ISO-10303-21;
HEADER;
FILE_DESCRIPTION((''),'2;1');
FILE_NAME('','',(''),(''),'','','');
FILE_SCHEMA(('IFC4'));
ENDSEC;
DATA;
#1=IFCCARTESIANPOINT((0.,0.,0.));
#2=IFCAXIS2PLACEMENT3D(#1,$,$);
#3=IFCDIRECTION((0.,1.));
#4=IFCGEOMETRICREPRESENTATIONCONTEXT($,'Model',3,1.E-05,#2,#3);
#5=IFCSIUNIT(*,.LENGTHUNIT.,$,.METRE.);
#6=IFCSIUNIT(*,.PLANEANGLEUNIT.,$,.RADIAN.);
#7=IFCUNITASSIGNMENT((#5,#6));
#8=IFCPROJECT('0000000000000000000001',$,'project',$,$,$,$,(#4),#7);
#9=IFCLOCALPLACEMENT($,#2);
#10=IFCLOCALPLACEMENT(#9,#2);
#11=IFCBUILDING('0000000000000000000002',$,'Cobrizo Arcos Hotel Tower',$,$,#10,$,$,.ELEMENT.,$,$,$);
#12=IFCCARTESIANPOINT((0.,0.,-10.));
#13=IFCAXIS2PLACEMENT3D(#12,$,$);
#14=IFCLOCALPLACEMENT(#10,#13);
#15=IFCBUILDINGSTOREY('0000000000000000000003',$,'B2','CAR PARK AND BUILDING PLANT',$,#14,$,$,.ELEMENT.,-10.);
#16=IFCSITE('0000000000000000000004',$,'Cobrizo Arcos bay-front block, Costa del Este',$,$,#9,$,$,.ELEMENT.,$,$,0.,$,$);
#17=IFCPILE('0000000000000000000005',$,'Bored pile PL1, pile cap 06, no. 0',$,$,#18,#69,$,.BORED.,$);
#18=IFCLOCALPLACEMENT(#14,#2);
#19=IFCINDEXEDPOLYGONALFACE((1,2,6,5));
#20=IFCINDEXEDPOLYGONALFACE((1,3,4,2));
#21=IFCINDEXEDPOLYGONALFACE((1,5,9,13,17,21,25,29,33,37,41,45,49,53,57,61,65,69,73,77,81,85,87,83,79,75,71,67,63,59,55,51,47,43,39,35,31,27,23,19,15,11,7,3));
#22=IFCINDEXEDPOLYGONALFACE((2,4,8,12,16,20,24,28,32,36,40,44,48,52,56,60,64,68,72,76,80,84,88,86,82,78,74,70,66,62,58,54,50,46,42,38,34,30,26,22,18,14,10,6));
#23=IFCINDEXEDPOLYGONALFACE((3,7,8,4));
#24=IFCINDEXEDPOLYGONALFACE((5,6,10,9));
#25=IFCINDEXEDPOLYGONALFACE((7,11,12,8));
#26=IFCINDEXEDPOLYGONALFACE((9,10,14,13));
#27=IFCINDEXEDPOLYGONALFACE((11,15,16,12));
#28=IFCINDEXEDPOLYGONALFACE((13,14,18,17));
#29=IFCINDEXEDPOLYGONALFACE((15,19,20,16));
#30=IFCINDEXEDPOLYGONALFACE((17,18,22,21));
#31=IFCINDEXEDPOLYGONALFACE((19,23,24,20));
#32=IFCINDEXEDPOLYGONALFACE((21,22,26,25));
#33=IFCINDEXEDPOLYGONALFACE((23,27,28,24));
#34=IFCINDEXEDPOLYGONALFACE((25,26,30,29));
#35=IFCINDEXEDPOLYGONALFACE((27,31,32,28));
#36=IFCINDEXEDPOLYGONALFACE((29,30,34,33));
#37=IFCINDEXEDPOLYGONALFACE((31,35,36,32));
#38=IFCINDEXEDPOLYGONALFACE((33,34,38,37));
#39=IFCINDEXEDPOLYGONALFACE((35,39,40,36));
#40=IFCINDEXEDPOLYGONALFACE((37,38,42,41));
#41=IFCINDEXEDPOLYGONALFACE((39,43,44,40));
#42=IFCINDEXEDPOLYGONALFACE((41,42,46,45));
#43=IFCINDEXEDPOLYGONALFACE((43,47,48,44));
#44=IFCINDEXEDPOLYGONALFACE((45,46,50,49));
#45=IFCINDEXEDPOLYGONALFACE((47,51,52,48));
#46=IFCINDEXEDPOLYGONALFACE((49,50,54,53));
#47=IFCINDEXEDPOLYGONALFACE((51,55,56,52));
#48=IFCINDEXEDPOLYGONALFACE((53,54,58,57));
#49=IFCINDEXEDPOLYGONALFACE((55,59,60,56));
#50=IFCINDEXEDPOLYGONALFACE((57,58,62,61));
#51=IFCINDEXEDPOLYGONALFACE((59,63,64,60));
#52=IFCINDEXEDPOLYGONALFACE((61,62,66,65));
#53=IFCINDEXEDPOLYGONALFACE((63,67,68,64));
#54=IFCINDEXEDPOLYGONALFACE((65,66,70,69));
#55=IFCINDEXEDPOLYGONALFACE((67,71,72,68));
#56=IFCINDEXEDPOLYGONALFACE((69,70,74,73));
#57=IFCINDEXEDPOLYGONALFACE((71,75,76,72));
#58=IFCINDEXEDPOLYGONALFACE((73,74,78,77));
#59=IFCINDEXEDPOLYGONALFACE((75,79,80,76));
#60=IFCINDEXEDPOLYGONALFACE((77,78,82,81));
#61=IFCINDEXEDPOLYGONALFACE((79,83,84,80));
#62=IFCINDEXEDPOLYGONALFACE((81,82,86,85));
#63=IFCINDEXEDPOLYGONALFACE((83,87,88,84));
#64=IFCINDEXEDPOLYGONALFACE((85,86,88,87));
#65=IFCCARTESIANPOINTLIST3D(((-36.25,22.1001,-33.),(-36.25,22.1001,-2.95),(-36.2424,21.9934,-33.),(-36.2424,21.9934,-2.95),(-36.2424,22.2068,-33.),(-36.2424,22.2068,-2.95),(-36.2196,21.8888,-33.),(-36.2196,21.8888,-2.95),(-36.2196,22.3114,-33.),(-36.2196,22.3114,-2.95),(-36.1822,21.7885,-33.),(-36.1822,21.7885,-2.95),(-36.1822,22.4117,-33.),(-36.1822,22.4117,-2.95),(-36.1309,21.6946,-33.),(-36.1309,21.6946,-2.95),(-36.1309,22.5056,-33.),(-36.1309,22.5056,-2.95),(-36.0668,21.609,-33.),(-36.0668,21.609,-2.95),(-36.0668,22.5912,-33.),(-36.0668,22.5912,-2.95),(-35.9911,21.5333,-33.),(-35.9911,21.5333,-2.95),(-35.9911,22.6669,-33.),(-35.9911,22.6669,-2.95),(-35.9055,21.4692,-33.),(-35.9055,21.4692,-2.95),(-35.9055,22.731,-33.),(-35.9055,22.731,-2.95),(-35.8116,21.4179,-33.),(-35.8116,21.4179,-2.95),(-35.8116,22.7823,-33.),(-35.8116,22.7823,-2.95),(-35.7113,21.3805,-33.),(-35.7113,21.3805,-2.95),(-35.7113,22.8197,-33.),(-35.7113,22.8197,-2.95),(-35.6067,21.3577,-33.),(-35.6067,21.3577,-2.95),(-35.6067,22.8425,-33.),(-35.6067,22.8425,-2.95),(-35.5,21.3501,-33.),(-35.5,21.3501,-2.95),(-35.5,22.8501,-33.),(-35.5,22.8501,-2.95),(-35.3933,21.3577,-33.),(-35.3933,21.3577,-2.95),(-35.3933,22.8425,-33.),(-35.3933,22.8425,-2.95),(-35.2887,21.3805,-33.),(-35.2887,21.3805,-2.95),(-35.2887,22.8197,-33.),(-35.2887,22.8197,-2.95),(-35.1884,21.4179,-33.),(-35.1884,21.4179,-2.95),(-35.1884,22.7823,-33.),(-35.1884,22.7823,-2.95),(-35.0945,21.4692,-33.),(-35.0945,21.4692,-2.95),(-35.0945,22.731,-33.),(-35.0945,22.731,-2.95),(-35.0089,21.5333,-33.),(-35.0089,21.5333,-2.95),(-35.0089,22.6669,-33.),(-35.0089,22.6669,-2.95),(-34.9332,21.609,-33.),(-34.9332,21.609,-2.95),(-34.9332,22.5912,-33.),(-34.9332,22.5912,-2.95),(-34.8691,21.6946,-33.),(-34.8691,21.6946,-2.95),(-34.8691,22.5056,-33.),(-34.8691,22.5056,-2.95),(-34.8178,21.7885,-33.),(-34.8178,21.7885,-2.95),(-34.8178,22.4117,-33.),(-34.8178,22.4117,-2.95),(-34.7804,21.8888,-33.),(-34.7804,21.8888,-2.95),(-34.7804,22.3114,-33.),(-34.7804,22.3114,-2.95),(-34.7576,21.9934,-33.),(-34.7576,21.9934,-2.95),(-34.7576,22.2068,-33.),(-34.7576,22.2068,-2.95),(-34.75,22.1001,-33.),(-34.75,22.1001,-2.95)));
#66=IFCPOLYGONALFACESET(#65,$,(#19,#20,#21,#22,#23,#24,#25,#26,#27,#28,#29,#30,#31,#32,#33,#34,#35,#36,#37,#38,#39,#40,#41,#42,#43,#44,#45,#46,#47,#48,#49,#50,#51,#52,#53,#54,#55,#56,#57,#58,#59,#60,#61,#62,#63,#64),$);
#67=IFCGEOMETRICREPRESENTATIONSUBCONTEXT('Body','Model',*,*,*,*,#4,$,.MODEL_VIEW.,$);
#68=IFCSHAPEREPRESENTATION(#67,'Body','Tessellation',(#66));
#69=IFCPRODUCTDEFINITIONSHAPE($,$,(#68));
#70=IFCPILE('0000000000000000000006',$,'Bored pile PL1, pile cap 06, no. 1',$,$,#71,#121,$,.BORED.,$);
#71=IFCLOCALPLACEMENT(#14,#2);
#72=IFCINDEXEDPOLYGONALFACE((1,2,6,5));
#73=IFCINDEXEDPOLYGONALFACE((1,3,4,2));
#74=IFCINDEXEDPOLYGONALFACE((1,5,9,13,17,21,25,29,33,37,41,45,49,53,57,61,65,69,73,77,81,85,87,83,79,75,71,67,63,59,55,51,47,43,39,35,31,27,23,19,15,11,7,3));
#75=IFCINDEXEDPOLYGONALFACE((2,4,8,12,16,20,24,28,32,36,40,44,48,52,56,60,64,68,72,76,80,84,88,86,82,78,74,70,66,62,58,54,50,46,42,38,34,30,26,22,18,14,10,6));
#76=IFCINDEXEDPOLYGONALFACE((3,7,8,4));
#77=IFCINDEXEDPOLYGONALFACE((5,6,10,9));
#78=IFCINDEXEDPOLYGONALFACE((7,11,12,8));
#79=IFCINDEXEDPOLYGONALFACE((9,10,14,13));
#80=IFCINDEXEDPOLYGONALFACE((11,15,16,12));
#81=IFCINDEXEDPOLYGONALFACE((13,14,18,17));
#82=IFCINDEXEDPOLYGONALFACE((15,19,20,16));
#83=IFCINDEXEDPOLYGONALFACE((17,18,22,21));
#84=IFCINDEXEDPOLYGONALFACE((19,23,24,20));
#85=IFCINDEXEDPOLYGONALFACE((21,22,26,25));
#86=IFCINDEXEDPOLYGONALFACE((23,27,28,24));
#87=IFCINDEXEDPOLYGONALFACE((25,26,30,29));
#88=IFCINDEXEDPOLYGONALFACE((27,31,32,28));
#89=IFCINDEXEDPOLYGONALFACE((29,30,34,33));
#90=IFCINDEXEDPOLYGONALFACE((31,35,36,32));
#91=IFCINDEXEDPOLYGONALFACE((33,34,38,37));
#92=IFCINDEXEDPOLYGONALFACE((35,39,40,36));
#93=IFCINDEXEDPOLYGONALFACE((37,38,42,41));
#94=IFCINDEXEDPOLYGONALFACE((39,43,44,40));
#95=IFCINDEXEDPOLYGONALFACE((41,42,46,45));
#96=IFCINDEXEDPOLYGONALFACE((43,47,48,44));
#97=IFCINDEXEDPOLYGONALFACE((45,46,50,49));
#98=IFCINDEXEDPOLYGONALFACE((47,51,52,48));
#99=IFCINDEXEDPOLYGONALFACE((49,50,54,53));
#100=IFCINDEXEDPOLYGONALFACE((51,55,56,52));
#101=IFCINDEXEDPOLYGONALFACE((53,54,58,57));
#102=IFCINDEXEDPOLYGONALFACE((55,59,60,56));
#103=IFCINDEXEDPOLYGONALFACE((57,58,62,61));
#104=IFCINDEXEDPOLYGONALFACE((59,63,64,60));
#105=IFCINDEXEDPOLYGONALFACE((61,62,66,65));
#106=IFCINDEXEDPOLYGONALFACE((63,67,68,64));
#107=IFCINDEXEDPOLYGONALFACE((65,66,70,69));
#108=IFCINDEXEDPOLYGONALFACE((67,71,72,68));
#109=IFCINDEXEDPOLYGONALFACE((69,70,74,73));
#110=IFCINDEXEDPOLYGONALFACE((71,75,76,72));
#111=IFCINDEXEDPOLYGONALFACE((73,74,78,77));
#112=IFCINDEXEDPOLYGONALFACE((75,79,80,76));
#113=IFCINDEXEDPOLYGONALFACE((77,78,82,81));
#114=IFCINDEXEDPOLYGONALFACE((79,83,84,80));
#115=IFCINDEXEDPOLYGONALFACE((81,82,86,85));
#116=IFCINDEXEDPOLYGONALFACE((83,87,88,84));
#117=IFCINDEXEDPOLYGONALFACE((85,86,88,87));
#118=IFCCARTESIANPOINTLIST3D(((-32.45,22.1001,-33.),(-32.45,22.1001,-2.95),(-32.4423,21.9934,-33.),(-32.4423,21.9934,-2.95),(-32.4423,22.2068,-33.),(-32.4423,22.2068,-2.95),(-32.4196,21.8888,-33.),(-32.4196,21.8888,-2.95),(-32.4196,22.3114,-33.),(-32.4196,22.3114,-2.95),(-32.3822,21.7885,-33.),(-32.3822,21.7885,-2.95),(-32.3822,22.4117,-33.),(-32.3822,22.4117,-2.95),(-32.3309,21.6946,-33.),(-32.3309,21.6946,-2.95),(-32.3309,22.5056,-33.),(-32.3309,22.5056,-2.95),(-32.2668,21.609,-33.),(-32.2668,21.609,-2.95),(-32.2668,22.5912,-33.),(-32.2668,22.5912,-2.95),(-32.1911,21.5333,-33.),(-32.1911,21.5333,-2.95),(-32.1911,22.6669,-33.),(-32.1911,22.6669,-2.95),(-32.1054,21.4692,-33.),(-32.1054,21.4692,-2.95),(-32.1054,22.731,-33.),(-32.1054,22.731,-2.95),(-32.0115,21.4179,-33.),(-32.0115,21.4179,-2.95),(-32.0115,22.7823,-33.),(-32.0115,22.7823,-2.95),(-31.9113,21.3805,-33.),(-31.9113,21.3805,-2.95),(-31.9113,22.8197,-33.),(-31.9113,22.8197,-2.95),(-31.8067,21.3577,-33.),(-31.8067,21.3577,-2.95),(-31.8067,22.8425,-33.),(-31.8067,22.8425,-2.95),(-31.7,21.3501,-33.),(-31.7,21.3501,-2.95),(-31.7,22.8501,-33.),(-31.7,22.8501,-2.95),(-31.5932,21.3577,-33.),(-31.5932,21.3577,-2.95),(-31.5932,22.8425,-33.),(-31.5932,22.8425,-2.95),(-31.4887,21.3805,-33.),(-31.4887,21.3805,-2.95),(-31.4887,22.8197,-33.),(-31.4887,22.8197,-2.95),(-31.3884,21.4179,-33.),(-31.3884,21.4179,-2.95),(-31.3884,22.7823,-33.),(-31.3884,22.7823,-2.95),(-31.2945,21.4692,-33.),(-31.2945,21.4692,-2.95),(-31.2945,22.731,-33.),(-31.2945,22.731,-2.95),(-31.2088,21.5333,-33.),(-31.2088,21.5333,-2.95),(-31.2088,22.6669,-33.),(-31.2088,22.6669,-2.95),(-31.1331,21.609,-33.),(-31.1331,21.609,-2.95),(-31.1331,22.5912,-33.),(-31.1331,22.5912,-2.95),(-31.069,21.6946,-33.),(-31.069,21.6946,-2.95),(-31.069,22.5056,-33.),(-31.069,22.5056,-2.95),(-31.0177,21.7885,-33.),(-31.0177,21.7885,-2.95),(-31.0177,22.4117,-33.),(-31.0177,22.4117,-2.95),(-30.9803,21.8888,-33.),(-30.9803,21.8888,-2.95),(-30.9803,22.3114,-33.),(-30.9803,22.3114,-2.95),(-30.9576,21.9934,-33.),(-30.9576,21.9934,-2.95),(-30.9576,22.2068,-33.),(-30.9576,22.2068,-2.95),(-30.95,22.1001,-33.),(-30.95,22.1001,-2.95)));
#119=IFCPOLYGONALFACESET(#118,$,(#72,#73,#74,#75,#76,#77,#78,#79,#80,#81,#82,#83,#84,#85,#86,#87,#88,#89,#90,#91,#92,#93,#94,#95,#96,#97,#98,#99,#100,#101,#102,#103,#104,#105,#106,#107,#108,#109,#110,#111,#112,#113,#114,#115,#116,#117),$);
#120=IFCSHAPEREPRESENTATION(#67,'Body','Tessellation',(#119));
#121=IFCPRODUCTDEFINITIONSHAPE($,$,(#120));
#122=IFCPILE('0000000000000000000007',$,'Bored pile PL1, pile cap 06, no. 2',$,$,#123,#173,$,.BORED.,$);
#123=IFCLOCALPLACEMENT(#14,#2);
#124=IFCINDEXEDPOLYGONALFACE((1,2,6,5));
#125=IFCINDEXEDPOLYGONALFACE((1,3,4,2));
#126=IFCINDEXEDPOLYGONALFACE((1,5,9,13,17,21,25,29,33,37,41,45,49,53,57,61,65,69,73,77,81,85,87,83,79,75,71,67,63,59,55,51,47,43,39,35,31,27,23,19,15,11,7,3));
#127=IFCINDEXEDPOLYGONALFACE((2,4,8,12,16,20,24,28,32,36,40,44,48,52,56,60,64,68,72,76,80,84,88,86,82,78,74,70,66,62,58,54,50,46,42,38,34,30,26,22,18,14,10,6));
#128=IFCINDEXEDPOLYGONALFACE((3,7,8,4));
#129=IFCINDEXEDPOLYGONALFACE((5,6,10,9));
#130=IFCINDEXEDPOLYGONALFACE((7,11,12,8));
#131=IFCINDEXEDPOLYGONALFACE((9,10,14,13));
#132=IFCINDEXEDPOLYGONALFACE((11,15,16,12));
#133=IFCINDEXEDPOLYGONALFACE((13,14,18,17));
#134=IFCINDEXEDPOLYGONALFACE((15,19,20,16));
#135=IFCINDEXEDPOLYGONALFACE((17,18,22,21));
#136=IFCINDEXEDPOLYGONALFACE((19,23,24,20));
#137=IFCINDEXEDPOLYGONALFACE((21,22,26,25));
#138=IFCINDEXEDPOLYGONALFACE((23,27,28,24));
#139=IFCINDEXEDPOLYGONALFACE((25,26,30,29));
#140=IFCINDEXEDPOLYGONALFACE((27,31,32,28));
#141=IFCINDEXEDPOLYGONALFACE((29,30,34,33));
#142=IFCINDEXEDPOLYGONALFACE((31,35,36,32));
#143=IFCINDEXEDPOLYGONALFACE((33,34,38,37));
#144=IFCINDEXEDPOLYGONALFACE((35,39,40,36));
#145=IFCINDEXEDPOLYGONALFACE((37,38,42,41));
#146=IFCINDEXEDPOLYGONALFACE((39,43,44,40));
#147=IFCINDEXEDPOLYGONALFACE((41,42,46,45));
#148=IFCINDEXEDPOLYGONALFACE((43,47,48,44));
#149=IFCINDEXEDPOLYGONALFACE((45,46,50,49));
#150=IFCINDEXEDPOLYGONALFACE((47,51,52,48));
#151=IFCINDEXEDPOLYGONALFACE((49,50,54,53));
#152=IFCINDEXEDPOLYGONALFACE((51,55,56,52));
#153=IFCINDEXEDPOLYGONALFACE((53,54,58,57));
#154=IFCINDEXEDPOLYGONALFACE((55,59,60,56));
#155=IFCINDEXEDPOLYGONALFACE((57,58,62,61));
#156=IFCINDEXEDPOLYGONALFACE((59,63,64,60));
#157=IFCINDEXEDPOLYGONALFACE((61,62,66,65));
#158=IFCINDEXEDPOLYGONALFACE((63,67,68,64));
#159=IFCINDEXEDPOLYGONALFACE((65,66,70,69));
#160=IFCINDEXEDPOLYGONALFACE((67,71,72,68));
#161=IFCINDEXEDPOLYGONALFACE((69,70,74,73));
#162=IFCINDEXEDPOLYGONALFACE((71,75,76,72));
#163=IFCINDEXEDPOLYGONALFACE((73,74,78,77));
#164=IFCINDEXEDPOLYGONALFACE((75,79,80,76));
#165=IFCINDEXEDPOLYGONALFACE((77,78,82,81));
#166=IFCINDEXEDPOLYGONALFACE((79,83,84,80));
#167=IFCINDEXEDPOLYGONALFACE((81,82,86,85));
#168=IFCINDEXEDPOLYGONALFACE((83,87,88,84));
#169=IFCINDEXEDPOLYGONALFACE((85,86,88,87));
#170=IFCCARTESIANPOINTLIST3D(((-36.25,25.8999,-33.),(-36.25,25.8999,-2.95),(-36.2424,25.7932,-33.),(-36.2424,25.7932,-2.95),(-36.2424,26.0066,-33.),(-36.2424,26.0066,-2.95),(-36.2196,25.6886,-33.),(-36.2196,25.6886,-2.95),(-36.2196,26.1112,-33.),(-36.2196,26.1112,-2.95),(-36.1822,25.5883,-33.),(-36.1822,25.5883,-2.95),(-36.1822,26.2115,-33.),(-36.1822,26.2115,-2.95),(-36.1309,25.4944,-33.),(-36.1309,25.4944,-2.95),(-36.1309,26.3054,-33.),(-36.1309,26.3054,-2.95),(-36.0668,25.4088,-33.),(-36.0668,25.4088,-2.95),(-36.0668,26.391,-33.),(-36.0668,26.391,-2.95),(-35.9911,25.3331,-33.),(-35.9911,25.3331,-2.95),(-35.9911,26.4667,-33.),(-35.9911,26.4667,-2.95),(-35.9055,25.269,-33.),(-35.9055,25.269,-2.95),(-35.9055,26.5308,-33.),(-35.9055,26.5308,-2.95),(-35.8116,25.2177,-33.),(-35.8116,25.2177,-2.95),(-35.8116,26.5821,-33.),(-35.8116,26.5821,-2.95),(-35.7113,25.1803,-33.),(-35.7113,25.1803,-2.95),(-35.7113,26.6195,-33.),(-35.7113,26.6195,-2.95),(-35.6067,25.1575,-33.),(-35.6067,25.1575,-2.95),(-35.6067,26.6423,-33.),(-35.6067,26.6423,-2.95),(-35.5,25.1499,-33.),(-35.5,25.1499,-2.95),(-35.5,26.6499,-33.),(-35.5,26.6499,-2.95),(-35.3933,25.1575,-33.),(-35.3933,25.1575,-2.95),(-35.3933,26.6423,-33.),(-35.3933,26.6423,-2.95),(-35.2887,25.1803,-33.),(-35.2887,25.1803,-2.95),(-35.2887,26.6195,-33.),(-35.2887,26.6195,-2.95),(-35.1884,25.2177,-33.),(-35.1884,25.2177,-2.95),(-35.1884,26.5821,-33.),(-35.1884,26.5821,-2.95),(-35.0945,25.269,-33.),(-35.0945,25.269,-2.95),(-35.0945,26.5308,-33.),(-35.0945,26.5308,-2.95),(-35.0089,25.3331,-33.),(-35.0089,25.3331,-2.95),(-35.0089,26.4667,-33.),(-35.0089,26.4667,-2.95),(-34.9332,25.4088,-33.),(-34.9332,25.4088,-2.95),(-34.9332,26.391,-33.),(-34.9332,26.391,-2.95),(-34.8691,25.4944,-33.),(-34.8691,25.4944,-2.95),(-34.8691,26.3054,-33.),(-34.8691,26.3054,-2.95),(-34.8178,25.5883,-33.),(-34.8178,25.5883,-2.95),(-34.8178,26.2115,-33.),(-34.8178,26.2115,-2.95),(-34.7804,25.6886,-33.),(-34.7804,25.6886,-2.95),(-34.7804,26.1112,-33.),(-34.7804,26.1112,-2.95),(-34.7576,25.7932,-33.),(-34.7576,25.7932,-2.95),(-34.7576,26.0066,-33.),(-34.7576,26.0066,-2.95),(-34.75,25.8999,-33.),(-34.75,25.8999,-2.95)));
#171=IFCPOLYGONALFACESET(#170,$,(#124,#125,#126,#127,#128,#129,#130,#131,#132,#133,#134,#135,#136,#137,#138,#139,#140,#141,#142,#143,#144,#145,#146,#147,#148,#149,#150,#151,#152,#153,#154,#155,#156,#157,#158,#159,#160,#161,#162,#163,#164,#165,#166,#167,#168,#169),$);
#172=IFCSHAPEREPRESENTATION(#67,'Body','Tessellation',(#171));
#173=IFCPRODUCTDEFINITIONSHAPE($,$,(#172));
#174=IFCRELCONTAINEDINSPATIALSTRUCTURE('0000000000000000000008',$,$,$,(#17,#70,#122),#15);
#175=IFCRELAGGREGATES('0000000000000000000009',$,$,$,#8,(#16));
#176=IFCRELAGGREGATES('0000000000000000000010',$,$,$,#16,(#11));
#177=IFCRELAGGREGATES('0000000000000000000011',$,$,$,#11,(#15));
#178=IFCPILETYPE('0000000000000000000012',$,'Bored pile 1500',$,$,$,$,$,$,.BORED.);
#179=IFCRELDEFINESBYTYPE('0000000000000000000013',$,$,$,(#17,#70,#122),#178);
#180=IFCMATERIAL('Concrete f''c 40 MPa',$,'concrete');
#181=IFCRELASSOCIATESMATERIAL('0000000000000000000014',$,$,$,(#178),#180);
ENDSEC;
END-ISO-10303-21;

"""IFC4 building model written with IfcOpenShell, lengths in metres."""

from ifc_helpers import new_model, si_unit, direction, frame, origin, origin_2d, place, context, subcontext, project, spatial, circle, extrude, material, material_profile, profile_set, type_object, element, save


model = new_model("IFC4")

# Units and contexts
model_context = context("Model", 3, precision=1e-05, world=origin(), true_north=direction((0.0, 1.0)))
body_context = subcontext(model_context, "Body", "Model", "MODEL_VIEW")
ifc_project = project(units=[si_unit("LENGTHUNIT", "METRE"), si_unit("PLANEANGLEUNIT", "RADIAN")], contexts=[model_context])

# Site, building, storey
site_placement = place(None, origin())
site = spatial("IfcSite", under=ifc_project, at=site_placement, Name="Cobrizo Arcos bay-front block, Costa del Este", CompositionType="ELEMENT", RefElevation=0.0)
building_placement = place(site_placement, origin())
building = spatial("IfcBuilding", under=site, at=building_placement, Name="Cobrizo Arcos Hotel Tower", CompositionType="ELEMENT")
storey_placement = place(building_placement, frame((0.0, 0.0, -10.0)))
storey = spatial("IfcBuildingStorey", under=building, at=storey_placement, Name="B2", Description="CAR PARK AND BUILDING PLANT", CompositionType="ELEMENT", Elevation=-10.0)

# Piles
ifc_material_1 = material(Name="Concrete f'c 40 MPa", Category="concrete")
ifc_material_profile_1 = material_profile(ifc_material_1, circle(Radius=0.75, at=origin_2d()), Name="BORED PILE 1500")
ifc_profile_set_1 = profile_set([ifc_material_profile_1], Name="Concrete f'c 40 MPa")
pile_type = type_object("IfcPileType", Name="Bored pile 1500", PredefinedType="BORED", material=ifc_profile_set_1)
for number, where, z_axis, x_axis, name in (
    (1, (-35.5, 22.1001, -2.95), (0.0, 0.0, -1.0), (1.0, 0.0, 0.0), "Bored pile PL1, pile cap 06, no. 0"),
    (2, (-31.7, 22.1001, -2.95), (0.0, 0.0, -1.0), (1.0, 0.0, 0.0), "Bored pile PL1, pile cap 06, no. 1"),
    (3, (-35.5, 25.8999, -2.95), (0.0, 0.0, -1.0), (1.0, 0.0, 0.0), "Bored pile PL1, pile cap 06, no. 2"),
):
    element("IfcPile", number, at=place(storey_placement, frame(where, z_axis=z_axis, x_axis=x_axis)), inside=storey, type_object=pile_type, Name=name, PredefinedType="BORED", context=body_context, shape_type="SweptSolid", body=[
        extrude(circle(Radius=0.75, at=origin_2d()), origin(), (0.0, 0.0, 1.0), 30.05),
    ])

save(model, "model.ifc")
